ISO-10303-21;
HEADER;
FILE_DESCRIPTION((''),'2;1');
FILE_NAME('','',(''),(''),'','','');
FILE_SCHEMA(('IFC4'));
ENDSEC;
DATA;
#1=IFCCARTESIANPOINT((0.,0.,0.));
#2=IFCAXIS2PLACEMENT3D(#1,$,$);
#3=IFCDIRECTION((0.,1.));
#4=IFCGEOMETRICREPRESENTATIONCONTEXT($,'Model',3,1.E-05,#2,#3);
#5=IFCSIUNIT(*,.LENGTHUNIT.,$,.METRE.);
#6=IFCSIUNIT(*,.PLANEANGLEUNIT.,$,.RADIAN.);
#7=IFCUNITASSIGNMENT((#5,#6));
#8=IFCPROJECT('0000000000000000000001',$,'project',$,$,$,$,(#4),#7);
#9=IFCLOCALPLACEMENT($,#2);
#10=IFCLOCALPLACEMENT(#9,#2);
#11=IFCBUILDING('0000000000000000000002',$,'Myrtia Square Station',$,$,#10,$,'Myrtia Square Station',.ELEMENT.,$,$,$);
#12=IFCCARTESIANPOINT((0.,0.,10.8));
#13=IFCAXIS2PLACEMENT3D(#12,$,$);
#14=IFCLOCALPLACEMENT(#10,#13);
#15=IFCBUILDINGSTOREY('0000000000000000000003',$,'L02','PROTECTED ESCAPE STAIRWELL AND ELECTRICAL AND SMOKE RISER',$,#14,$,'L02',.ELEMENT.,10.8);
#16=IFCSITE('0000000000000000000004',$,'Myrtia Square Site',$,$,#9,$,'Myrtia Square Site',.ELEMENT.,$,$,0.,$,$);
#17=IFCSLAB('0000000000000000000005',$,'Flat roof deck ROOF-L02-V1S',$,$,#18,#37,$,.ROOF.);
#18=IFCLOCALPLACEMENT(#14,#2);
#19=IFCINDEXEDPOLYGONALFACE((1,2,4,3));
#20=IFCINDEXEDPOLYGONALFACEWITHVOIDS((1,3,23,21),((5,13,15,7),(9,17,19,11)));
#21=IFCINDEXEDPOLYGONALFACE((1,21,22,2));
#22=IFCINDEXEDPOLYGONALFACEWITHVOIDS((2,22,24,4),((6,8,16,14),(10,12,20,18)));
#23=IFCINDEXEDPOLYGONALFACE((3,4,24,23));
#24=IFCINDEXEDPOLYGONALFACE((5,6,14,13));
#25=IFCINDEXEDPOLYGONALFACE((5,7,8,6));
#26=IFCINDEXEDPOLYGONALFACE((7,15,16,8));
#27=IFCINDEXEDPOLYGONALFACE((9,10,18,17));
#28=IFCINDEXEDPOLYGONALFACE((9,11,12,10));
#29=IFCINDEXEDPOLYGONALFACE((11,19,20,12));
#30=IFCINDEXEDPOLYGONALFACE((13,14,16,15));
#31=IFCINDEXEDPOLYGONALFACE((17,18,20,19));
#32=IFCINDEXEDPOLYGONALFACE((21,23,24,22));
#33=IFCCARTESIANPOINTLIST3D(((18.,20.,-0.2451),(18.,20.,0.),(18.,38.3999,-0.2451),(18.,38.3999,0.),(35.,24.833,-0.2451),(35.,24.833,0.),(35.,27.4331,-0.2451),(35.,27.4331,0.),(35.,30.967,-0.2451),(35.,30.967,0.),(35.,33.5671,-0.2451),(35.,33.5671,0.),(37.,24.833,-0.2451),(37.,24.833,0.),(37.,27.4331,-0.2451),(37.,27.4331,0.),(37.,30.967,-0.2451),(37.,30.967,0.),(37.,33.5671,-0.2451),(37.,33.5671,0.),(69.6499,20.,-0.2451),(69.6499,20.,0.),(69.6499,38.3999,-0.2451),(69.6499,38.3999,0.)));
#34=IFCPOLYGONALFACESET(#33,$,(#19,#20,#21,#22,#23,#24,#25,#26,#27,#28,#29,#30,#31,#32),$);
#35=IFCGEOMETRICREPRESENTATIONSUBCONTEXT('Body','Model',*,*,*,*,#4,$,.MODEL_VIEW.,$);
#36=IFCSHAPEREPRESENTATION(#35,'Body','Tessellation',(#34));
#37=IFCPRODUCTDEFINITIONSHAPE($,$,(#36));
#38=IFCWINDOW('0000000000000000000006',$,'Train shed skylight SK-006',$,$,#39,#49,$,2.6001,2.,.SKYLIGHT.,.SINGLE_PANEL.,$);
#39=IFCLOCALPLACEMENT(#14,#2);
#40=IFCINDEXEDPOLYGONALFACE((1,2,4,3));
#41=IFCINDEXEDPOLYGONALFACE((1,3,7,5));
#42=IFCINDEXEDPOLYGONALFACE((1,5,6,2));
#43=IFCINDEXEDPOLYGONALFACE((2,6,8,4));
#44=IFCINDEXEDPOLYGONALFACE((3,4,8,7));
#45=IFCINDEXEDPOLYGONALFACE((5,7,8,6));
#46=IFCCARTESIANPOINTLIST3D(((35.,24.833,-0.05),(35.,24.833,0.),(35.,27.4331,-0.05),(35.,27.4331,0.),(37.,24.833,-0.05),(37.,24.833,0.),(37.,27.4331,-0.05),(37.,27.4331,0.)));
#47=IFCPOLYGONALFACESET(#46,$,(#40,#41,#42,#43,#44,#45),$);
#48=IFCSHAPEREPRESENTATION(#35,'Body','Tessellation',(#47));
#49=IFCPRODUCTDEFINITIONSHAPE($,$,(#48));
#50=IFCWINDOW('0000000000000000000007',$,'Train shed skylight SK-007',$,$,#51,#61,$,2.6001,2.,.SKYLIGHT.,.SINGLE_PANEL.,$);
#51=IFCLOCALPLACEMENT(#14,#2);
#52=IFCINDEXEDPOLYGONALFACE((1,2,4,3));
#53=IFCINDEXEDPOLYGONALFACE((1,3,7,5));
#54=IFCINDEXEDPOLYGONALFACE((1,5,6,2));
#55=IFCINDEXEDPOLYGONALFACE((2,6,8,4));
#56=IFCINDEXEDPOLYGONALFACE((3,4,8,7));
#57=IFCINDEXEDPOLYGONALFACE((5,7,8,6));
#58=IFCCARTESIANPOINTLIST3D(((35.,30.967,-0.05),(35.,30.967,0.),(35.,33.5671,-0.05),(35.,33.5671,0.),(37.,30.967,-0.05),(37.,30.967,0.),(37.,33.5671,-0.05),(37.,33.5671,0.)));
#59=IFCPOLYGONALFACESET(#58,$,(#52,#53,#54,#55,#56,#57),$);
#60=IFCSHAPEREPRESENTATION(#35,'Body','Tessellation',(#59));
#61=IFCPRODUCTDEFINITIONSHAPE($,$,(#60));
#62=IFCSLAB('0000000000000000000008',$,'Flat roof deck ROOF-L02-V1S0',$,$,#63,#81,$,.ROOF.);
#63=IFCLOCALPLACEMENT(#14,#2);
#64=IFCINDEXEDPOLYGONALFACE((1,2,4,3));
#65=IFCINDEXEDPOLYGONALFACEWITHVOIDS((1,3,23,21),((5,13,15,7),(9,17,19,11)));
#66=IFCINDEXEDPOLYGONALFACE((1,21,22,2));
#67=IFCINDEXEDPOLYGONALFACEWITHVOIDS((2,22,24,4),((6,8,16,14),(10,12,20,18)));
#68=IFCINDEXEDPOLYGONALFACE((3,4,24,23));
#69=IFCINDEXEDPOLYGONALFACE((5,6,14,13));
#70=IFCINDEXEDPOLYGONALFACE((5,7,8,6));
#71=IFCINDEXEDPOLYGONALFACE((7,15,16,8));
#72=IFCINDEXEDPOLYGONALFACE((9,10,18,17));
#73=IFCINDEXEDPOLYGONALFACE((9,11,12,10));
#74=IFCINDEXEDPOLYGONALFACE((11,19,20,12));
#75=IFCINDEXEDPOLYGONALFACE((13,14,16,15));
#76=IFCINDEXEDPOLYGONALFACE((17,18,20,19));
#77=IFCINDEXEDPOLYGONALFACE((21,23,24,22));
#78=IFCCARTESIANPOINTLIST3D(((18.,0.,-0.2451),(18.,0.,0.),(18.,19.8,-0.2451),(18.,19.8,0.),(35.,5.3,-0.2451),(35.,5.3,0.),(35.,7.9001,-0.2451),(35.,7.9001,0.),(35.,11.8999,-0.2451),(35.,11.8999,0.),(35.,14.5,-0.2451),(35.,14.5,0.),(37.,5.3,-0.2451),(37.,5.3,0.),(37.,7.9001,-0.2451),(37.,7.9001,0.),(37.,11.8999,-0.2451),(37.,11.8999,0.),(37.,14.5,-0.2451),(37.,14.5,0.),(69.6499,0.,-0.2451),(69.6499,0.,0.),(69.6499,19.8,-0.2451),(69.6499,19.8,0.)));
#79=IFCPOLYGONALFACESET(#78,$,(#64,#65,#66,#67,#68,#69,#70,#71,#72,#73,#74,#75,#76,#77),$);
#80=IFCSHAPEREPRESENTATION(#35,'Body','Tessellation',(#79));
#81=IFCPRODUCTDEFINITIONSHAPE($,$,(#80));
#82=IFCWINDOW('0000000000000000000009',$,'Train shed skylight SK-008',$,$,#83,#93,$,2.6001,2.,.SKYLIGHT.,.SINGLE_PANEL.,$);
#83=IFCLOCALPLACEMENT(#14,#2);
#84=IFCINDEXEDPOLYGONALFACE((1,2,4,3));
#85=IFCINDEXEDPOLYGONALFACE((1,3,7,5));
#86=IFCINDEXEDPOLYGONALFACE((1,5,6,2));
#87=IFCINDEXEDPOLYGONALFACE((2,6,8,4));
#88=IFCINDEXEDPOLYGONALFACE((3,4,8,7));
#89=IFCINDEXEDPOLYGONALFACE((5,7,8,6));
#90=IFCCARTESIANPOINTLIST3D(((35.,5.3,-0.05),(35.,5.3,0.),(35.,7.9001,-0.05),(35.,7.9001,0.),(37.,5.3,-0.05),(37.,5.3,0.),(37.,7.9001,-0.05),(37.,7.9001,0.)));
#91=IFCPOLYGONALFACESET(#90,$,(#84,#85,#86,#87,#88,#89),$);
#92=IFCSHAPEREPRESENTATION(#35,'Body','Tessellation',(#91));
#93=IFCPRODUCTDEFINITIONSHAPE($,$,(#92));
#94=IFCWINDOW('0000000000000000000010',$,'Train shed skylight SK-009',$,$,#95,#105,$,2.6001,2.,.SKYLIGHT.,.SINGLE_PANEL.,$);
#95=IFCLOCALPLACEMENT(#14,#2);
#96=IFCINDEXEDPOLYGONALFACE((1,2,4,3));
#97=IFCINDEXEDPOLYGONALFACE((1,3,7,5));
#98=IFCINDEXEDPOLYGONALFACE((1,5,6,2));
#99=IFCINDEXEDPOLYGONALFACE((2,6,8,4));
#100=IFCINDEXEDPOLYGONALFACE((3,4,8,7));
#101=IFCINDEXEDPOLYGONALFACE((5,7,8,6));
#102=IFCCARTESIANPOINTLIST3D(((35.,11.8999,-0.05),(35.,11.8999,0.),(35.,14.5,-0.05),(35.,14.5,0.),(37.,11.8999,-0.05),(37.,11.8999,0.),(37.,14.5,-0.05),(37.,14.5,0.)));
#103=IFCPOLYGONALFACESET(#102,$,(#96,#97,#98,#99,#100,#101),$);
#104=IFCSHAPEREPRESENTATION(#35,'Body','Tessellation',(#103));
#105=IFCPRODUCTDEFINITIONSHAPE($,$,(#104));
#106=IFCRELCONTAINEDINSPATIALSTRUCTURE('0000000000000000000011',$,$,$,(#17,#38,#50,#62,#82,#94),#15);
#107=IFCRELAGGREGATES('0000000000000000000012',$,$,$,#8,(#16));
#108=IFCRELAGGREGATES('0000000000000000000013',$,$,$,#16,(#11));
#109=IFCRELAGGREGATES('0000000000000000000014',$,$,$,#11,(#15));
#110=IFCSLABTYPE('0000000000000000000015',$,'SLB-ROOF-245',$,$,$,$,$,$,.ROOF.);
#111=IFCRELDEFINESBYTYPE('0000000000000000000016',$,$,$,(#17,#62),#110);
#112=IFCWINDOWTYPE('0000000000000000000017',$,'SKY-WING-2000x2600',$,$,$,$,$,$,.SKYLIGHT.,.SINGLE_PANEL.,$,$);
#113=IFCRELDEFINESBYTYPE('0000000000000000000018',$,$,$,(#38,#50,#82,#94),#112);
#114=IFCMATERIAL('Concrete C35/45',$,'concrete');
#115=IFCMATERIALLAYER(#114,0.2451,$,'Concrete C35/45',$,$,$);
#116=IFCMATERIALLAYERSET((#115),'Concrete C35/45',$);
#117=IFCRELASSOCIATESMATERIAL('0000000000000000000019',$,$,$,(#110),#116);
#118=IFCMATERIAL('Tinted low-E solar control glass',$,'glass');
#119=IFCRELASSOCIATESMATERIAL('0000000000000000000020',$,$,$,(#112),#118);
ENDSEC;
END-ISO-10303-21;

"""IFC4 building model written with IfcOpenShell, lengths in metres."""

from ifc_helpers import new_model, si_unit, direction, frame, origin, origin_2d, place, context, subcontext, project, spatial, polyline, rectangle, outline, extrude, material, layer, layer_set, type_object, element, fill, save


model = new_model("IFC4")

# Units and contexts
model_context = context("Model", 3, precision=1e-05, world=origin(), true_north=direction((0.0, 1.0)))
body_context = subcontext(model_context, "Body", "Model", "MODEL_VIEW")
ifc_project = project(units=[si_unit("LENGTHUNIT", "METRE"), si_unit("PLANEANGLEUNIT", "RADIAN")], contexts=[model_context])

# Site, building, storey
site_placement = place(None, origin())
site = spatial("IfcSite", under=ifc_project, at=site_placement, Name="Myrtia Square Site", LongName="Myrtia Square Site", CompositionType="ELEMENT", RefElevation=0.0)
building_placement = place(site_placement, origin())
building = spatial("IfcBuilding", under=site, at=building_placement, Name="Myrtia Square Station", LongName="Myrtia Square Station", CompositionType="ELEMENT")
storey_placement = place(building_placement, frame((0.0, 0.0, 10.8)))
storey = spatial("IfcBuildingStorey", under=building, at=storey_placement, Name="L02", Description="PROTECTED ESCAPE STAIRWELL AND ELECTRICAL AND SMOKE RISER", LongName="L02", CompositionType="ELEMENT", Elevation=10.8)

# Slabs, openings, windows
ifc_material_1 = material(Name="Concrete C35/45", Category="concrete")
ifc_layer_1 = layer(ifc_material_1, 0.2451, Name="Concrete C35/45")
ifc_layer_set_1 = layer_set([ifc_layer_1], Name="Concrete C35/45")
slab_type = type_object("IfcSlabType", Name="SLB-ROOF-245", PredefinedType="ROOF", material=ifc_layer_set_1)
slab_1_placement = place(storey_placement, frame((0.0, 0.0, -0.2451)))
slab_1 = element("IfcSlab", 1, at=slab_1_placement, inside=storey, type_object=slab_type, Name="Flat roof deck ROOF-L02-V1S", PredefinedType="ROOF", context=body_context, shape_type="SweptSolid", body=[
    extrude(outline(polyline([(18.0, 20.0), (69.6499, 20.0), (69.6499, 38.3999), (18.0, 38.3999), (18.0, 20.0)])), origin(), (0.0, 0.0, 1.0), 0.2451),
])
opening_1_placement = place(slab_1_placement, frame((36.0, 26.1331, 0.0)))
opening_1 = element("IfcOpeningElement", 2, at=opening_1_placement, cuts=slab_1, PredefinedType="OPENING", context=body_context, shape_type="SweptSolid", body=[
    extrude(rectangle(XDim=2.0, YDim=2.6001, at=origin_2d()), frame((0.0, 0.0, -0.0149), z_axis=(0.0, 0.0, 1.0), x_axis=(1.0, 0.0, 0.0)), (0.0, 0.0, 1.0), 0.2751),
])
opening_2_placement = place(slab_1_placement, frame((36.0, 32.2671, 0.0)))
opening_2 = element("IfcOpeningElement", 3, at=opening_2_placement, cuts=slab_1, PredefinedType="OPENING", context=body_context, shape_type="SweptSolid", body=[
    extrude(rectangle(XDim=2.0, YDim=2.6001, at=origin_2d()), frame((0.0, 0.0, -0.0149), z_axis=(0.0, 0.0, 1.0), x_axis=(1.0, 0.0, 0.0)), (0.0, 0.0, 1.0), 0.2751),
])
ifc_material_2 = material(Name="Tinted low-E solar control glass", Category="glass")
window_type_1 = type_object("IfcWindowType", Name="SKY-WING-2000x2600", PartitioningType="SINGLE_PANEL", PredefinedType="SKYLIGHT", material=ifc_material_2)
window_1_placement = place(opening_1_placement, frame((0.0, 0.0, 0.1951)))
window_1 = element("IfcWindow", 4, at=window_1_placement, inside=storey, type_object=window_type_1, Name="Train shed skylight SK-006", OverallHeight=2.6001, OverallWidth=2.0, PartitioningType="SINGLE_PANEL", PredefinedType="SKYLIGHT", context=body_context, shape_type="SweptSolid", body=[
    extrude(rectangle(XDim=2.0, YDim=2.6001, at=origin_2d()), origin(), (0.0, 0.0, 1.0), 0.05),
])
fill(opening_1, window_1)
window_2_placement = place(opening_2_placement, frame((0.0, 0.0, 0.1951)))
window_2 = element("IfcWindow", 5, at=window_2_placement, inside=storey, type_object=window_type_1, Name="Train shed skylight SK-007", OverallHeight=2.6001, OverallWidth=2.0, PartitioningType="SINGLE_PANEL", PredefinedType="SKYLIGHT", context=body_context, shape_type="SweptSolid", body=[
    extrude(rectangle(XDim=2.0, YDim=2.6001, at=origin_2d()), origin(), (0.0, 0.0, 1.0), 0.05),
])
fill(opening_2, window_2)
slab_2_placement = place(storey_placement, frame((0.0, 0.0, -0.2451)))
slab_2 = element("IfcSlab", 6, at=slab_2_placement, inside=storey, type_object=slab_type, Name="Flat roof deck ROOF-L02-V1S0", PredefinedType="ROOF", context=body_context, shape_type="SweptSolid", body=[
    extrude(outline(polyline([(18.0, 0.0), (69.6499, 0.0), (69.6499, 19.8), (18.0, 19.8), (18.0, 0.0)])), origin(), (0.0, 0.0, 1.0), 0.2451),
])
opening_3_placement = place(slab_2_placement, frame((36.0, 6.6001, 0.0)))
opening_3 = element("IfcOpeningElement", 7, at=opening_3_placement, cuts=slab_2, PredefinedType="OPENING", context=body_context, shape_type="SweptSolid", body=[
    extrude(rectangle(XDim=2.0, YDim=2.6001, at=origin_2d()), frame((0.0, 0.0, -0.0149), z_axis=(0.0, 0.0, 1.0), x_axis=(1.0, 0.0, 0.0)), (0.0, 0.0, 1.0), 0.2751),
])
opening_4_placement = place(slab_2_placement, frame((36.0, 13.2, 0.0)))
opening_4 = element("IfcOpeningElement", 8, at=opening_4_placement, cuts=slab_2, PredefinedType="OPENING", context=body_context, shape_type="SweptSolid", body=[
    extrude(rectangle(XDim=2.0, YDim=2.6001, at=origin_2d()), frame((0.0, 0.0, -0.0149), z_axis=(0.0, 0.0, 1.0), x_axis=(1.0, 0.0, 0.0)), (0.0, 0.0, 1.0), 0.2751),
])
window_3_placement = place(opening_3_placement, frame((0.0, 0.0, 0.1951)))
window_3 = element("IfcWindow", 9, at=window_3_placement, inside=storey, type_object=window_type_1, Name="Train shed skylight SK-008", OverallHeight=2.6001, OverallWidth=2.0, PartitioningType="SINGLE_PANEL", PredefinedType="SKYLIGHT", context=body_context, shape_type="SweptSolid", body=[
    extrude(rectangle(XDim=2.0, YDim=2.6001, at=origin_2d()), origin(), (0.0, 0.0, 1.0), 0.05),
])
fill(opening_3, window_3)
window_4_placement = place(opening_4_placement, frame((0.0, 0.0, 0.1951)))
window_4 = element("IfcWindow", 10, at=window_4_placement, inside=storey, type_object=window_type_1, Name="Train shed skylight SK-009", OverallHeight=2.6001, OverallWidth=2.0, PartitioningType="SINGLE_PANEL", PredefinedType="SKYLIGHT", context=body_context, shape_type="SweptSolid", body=[
    extrude(rectangle(XDim=2.0, YDim=2.6001, at=origin_2d()), origin(), (0.0, 0.0, 1.0), 0.05),
])
fill(opening_4, window_4)

save(model, "model.ifc")
